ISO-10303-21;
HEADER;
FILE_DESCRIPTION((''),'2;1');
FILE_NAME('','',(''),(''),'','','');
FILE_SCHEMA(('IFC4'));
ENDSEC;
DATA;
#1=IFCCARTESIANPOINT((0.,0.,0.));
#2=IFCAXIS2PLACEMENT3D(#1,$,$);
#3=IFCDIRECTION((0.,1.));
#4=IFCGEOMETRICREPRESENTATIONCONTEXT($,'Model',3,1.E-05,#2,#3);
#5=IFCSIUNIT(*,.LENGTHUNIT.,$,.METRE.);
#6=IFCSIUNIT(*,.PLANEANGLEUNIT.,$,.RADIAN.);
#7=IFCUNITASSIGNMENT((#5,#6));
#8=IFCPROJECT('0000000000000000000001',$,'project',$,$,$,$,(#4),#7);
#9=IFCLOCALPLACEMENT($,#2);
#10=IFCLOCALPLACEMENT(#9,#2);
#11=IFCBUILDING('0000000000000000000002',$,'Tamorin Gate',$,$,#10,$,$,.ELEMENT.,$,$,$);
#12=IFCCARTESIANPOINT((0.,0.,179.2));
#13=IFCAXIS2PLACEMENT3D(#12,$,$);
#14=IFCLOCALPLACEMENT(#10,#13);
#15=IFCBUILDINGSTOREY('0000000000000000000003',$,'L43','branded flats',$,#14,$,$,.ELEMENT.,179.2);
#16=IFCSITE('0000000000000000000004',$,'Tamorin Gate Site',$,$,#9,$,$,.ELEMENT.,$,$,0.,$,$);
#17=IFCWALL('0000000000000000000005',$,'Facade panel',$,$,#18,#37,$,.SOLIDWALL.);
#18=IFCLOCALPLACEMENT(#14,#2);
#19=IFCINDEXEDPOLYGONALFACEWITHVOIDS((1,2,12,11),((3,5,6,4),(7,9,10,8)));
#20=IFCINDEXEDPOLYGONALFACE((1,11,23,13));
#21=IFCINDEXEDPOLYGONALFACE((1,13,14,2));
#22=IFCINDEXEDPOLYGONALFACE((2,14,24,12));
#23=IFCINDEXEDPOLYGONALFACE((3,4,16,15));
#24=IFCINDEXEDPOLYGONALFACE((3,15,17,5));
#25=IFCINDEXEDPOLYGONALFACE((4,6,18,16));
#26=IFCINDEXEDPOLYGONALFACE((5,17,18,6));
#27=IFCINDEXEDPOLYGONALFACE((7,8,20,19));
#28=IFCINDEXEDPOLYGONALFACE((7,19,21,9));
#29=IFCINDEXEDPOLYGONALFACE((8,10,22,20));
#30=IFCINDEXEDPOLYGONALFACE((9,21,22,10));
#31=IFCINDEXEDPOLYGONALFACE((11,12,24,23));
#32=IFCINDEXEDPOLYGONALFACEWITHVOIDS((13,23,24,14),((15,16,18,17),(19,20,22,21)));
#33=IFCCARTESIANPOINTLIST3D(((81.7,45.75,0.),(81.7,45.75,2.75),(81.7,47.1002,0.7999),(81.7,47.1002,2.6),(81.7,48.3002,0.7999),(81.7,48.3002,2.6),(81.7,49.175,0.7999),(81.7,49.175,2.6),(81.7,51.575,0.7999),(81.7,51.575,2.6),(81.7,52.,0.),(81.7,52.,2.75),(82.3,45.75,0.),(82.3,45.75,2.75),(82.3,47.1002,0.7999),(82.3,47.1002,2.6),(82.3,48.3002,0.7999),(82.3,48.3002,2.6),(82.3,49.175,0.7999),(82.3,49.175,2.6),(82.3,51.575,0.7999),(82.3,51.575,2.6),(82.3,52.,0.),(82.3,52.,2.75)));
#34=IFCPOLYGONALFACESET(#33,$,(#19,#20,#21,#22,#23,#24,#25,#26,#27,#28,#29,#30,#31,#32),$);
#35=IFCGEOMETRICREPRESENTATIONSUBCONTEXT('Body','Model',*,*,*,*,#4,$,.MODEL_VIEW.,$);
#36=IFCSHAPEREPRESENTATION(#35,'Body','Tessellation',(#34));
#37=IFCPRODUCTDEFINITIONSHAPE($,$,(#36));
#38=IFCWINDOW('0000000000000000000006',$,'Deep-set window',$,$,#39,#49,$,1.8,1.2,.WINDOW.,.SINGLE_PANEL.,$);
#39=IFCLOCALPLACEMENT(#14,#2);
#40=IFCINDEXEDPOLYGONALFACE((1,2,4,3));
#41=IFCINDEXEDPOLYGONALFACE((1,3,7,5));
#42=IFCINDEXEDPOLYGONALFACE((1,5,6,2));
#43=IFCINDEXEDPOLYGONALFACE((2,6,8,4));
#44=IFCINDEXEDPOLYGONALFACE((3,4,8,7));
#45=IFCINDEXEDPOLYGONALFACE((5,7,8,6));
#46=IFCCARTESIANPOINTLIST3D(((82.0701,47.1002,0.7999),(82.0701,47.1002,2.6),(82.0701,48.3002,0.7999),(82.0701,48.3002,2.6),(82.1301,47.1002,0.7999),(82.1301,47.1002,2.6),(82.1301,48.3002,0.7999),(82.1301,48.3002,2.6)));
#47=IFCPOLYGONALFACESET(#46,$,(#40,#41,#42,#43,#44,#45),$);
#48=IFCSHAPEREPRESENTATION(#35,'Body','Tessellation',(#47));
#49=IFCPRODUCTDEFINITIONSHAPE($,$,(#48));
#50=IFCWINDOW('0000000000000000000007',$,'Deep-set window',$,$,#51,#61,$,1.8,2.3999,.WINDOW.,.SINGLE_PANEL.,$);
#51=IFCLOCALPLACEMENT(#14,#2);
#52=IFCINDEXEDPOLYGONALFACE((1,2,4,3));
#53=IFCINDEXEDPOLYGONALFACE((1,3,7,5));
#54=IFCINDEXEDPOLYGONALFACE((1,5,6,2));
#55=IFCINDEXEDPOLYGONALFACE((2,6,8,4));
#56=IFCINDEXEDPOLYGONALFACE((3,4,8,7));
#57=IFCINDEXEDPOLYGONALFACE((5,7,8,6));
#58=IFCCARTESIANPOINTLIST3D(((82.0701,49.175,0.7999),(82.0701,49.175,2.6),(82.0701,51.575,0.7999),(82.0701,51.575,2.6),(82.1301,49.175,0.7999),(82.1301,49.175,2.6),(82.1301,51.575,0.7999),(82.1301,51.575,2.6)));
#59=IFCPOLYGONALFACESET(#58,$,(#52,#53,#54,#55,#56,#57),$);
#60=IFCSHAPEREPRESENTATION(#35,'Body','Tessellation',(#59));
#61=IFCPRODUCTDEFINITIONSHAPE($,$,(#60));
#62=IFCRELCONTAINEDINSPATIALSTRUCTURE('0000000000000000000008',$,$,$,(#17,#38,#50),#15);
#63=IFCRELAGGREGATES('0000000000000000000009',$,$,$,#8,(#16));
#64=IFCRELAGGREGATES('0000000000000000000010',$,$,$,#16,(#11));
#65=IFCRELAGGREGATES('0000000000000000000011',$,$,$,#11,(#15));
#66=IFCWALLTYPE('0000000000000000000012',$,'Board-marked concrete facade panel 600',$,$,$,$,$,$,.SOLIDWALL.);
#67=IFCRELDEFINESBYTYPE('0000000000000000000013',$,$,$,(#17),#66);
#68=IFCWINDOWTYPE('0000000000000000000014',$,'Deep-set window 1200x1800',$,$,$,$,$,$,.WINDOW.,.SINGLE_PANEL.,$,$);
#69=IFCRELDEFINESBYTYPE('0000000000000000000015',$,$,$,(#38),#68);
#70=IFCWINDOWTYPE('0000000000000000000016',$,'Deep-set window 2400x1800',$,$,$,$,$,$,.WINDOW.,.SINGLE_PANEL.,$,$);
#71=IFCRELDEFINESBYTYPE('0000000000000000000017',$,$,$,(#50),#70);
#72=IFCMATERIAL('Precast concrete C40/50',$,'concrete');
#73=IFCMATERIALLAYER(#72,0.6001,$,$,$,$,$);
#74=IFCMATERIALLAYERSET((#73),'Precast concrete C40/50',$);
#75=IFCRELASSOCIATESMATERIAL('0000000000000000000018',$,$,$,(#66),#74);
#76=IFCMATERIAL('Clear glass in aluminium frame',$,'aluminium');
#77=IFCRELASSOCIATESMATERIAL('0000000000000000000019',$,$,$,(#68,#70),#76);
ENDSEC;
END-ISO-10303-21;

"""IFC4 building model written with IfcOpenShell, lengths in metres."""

from ifc_helpers import new_model, si_unit, direction, frame, frame_2d, origin, place, context, subcontext, project, spatial, rectangle, extrude, material, layer, layer_set, type_object, element, fill, save


model = new_model("IFC4")

# Units and contexts
model_context = context("Model", 3, precision=1e-05, world=origin(), true_north=direction((0.0, 1.0)))
body_context = subcontext(model_context, "Body", "Model", "MODEL_VIEW")
ifc_project = project(units=[si_unit("LENGTHUNIT", "METRE"), si_unit("PLANEANGLEUNIT", "RADIAN")], contexts=[model_context])

# Site, building, storey
site_placement = place(None, origin())
site = spatial("IfcSite", under=ifc_project, at=site_placement, Name="Tamorin Gate Site", CompositionType="ELEMENT", RefElevation=0.0)
building_placement = place(site_placement, origin())
building = spatial("IfcBuilding", under=site, at=building_placement, Name="Tamorin Gate", CompositionType="ELEMENT")
storey_placement = place(building_placement, frame((0.0, 0.0, 179.2)))
storey = spatial("IfcBuildingStorey", under=building, at=storey_placement, Name="L43", Description="branded flats", CompositionType="ELEMENT", Elevation=179.2)

# Shared definitions
ifc_material_1 = material(Name="Precast concrete C40/50", Category="concrete")
ifc_layer = layer(ifc_material_1, 0.6001)
ifc_layer_set = layer_set([ifc_layer], Name="Precast concrete C40/50")
wall_type = type_object("IfcWallType", Name="Board-marked concrete facade panel 600", PredefinedType="SOLIDWALL", material=ifc_layer_set)
ifc_material_2 = material(Name="Clear glass in aluminium frame", Category="aluminium")
window_type_1 = type_object("IfcWindowType", Name="Deep-set window 1200x1800", PartitioningType="SINGLE_PANEL", PredefinedType="WINDOW", material=ifc_material_2)
window_type_2 = type_object("IfcWindowType", Name="Deep-set window 2400x1800", PartitioningType="SINGLE_PANEL", PredefinedType="WINDOW", material=ifc_material_2)

# Wall, openings, windows
wall_1_placement = place(storey_placement, frame((82.0, 45.75, 0.0), z_axis=(0.0, 0.0, 1.0), x_axis=(0.0, 1.0, 0.0)))
wall_1 = element("IfcWall", 1, at=wall_1_placement, inside=storey, type_object=wall_type, Name="Facade panel", PredefinedType="SOLIDWALL", context=body_context, shape_type="SweptSolid", body=[
    extrude(rectangle(XDim=6.25, YDim=0.6001, at=frame_2d((3.125, 0.0))), origin(), (0.0, 0.0, 1.0), 2.75),
])
opening_1_placement = place(wall_1_placement, frame((1.3501, 0.0, 0.8)))
opening_1 = element("IfcOpeningElement", 2, at=opening_1_placement, cuts=wall_1, PredefinedType="OPENING", context=body_context, shape_type="SweptSolid", body=[
    extrude(rectangle(XDim=1.2, YDim=1.8, at=frame_2d((0.6001, 0.8999))), frame((0.0, 0.3101, 0.0), z_axis=(0.0, -1.0, 0.0), x_axis=(1.0, 0.0, 0.0)), (0.0, 0.0, 1.0), 0.6201),
])
opening_2_placement = place(wall_1_placement, frame((3.425, 0.0, 0.8)))
opening_2 = element("IfcOpeningElement", 3, at=opening_2_placement, cuts=wall_1, PredefinedType="OPENING", context=body_context, shape_type="SweptSolid", body=[
    extrude(rectangle(XDim=2.3999, YDim=1.8, at=frame_2d((1.2, 0.8999))), frame((0.0, 0.3101, 0.0), z_axis=(0.0, -1.0, 0.0), x_axis=(1.0, 0.0, 0.0)), (0.0, 0.0, 1.0), 0.6201),
])
window_1_placement = place(opening_1_placement, origin())
window_1 = element("IfcWindow", 4, at=window_1_placement, inside=storey, type_object=window_type_1, Name="Deep-set window", OverallHeight=1.8, OverallWidth=1.2, PartitioningType="SINGLE_PANEL", PredefinedType="WINDOW", context=body_context, shape_type="SweptSolid", body=[
    extrude(rectangle(XDim=1.2, YDim=1.8, at=frame_2d((0.6001, 0.8999))), frame((0.0, -0.0701, 0.0), z_axis=(0.0, -1.0, 0.0), x_axis=(1.0, 0.0, 0.0)), (0.0, 0.0, 1.0), 0.0601),
])
fill(opening_1, window_1)
window_2_placement = place(opening_2_placement, origin())
window_2 = element("IfcWindow", 5, at=window_2_placement, inside=storey, type_object=window_type_2, Name="Deep-set window", OverallHeight=1.8, OverallWidth=2.3999, PartitioningType="SINGLE_PANEL", PredefinedType="WINDOW", context=body_context, shape_type="SweptSolid", body=[
    extrude(rectangle(XDim=2.3999, YDim=1.8, at=frame_2d((1.2, 0.8999))), frame((0.0, -0.0701, 0.0), z_axis=(0.0, -1.0, 0.0), x_axis=(1.0, 0.0, 0.0)), (0.0, 0.0, 1.0), 0.0601),
])
fill(opening_2, window_2)

save(model, "model.ifc")
